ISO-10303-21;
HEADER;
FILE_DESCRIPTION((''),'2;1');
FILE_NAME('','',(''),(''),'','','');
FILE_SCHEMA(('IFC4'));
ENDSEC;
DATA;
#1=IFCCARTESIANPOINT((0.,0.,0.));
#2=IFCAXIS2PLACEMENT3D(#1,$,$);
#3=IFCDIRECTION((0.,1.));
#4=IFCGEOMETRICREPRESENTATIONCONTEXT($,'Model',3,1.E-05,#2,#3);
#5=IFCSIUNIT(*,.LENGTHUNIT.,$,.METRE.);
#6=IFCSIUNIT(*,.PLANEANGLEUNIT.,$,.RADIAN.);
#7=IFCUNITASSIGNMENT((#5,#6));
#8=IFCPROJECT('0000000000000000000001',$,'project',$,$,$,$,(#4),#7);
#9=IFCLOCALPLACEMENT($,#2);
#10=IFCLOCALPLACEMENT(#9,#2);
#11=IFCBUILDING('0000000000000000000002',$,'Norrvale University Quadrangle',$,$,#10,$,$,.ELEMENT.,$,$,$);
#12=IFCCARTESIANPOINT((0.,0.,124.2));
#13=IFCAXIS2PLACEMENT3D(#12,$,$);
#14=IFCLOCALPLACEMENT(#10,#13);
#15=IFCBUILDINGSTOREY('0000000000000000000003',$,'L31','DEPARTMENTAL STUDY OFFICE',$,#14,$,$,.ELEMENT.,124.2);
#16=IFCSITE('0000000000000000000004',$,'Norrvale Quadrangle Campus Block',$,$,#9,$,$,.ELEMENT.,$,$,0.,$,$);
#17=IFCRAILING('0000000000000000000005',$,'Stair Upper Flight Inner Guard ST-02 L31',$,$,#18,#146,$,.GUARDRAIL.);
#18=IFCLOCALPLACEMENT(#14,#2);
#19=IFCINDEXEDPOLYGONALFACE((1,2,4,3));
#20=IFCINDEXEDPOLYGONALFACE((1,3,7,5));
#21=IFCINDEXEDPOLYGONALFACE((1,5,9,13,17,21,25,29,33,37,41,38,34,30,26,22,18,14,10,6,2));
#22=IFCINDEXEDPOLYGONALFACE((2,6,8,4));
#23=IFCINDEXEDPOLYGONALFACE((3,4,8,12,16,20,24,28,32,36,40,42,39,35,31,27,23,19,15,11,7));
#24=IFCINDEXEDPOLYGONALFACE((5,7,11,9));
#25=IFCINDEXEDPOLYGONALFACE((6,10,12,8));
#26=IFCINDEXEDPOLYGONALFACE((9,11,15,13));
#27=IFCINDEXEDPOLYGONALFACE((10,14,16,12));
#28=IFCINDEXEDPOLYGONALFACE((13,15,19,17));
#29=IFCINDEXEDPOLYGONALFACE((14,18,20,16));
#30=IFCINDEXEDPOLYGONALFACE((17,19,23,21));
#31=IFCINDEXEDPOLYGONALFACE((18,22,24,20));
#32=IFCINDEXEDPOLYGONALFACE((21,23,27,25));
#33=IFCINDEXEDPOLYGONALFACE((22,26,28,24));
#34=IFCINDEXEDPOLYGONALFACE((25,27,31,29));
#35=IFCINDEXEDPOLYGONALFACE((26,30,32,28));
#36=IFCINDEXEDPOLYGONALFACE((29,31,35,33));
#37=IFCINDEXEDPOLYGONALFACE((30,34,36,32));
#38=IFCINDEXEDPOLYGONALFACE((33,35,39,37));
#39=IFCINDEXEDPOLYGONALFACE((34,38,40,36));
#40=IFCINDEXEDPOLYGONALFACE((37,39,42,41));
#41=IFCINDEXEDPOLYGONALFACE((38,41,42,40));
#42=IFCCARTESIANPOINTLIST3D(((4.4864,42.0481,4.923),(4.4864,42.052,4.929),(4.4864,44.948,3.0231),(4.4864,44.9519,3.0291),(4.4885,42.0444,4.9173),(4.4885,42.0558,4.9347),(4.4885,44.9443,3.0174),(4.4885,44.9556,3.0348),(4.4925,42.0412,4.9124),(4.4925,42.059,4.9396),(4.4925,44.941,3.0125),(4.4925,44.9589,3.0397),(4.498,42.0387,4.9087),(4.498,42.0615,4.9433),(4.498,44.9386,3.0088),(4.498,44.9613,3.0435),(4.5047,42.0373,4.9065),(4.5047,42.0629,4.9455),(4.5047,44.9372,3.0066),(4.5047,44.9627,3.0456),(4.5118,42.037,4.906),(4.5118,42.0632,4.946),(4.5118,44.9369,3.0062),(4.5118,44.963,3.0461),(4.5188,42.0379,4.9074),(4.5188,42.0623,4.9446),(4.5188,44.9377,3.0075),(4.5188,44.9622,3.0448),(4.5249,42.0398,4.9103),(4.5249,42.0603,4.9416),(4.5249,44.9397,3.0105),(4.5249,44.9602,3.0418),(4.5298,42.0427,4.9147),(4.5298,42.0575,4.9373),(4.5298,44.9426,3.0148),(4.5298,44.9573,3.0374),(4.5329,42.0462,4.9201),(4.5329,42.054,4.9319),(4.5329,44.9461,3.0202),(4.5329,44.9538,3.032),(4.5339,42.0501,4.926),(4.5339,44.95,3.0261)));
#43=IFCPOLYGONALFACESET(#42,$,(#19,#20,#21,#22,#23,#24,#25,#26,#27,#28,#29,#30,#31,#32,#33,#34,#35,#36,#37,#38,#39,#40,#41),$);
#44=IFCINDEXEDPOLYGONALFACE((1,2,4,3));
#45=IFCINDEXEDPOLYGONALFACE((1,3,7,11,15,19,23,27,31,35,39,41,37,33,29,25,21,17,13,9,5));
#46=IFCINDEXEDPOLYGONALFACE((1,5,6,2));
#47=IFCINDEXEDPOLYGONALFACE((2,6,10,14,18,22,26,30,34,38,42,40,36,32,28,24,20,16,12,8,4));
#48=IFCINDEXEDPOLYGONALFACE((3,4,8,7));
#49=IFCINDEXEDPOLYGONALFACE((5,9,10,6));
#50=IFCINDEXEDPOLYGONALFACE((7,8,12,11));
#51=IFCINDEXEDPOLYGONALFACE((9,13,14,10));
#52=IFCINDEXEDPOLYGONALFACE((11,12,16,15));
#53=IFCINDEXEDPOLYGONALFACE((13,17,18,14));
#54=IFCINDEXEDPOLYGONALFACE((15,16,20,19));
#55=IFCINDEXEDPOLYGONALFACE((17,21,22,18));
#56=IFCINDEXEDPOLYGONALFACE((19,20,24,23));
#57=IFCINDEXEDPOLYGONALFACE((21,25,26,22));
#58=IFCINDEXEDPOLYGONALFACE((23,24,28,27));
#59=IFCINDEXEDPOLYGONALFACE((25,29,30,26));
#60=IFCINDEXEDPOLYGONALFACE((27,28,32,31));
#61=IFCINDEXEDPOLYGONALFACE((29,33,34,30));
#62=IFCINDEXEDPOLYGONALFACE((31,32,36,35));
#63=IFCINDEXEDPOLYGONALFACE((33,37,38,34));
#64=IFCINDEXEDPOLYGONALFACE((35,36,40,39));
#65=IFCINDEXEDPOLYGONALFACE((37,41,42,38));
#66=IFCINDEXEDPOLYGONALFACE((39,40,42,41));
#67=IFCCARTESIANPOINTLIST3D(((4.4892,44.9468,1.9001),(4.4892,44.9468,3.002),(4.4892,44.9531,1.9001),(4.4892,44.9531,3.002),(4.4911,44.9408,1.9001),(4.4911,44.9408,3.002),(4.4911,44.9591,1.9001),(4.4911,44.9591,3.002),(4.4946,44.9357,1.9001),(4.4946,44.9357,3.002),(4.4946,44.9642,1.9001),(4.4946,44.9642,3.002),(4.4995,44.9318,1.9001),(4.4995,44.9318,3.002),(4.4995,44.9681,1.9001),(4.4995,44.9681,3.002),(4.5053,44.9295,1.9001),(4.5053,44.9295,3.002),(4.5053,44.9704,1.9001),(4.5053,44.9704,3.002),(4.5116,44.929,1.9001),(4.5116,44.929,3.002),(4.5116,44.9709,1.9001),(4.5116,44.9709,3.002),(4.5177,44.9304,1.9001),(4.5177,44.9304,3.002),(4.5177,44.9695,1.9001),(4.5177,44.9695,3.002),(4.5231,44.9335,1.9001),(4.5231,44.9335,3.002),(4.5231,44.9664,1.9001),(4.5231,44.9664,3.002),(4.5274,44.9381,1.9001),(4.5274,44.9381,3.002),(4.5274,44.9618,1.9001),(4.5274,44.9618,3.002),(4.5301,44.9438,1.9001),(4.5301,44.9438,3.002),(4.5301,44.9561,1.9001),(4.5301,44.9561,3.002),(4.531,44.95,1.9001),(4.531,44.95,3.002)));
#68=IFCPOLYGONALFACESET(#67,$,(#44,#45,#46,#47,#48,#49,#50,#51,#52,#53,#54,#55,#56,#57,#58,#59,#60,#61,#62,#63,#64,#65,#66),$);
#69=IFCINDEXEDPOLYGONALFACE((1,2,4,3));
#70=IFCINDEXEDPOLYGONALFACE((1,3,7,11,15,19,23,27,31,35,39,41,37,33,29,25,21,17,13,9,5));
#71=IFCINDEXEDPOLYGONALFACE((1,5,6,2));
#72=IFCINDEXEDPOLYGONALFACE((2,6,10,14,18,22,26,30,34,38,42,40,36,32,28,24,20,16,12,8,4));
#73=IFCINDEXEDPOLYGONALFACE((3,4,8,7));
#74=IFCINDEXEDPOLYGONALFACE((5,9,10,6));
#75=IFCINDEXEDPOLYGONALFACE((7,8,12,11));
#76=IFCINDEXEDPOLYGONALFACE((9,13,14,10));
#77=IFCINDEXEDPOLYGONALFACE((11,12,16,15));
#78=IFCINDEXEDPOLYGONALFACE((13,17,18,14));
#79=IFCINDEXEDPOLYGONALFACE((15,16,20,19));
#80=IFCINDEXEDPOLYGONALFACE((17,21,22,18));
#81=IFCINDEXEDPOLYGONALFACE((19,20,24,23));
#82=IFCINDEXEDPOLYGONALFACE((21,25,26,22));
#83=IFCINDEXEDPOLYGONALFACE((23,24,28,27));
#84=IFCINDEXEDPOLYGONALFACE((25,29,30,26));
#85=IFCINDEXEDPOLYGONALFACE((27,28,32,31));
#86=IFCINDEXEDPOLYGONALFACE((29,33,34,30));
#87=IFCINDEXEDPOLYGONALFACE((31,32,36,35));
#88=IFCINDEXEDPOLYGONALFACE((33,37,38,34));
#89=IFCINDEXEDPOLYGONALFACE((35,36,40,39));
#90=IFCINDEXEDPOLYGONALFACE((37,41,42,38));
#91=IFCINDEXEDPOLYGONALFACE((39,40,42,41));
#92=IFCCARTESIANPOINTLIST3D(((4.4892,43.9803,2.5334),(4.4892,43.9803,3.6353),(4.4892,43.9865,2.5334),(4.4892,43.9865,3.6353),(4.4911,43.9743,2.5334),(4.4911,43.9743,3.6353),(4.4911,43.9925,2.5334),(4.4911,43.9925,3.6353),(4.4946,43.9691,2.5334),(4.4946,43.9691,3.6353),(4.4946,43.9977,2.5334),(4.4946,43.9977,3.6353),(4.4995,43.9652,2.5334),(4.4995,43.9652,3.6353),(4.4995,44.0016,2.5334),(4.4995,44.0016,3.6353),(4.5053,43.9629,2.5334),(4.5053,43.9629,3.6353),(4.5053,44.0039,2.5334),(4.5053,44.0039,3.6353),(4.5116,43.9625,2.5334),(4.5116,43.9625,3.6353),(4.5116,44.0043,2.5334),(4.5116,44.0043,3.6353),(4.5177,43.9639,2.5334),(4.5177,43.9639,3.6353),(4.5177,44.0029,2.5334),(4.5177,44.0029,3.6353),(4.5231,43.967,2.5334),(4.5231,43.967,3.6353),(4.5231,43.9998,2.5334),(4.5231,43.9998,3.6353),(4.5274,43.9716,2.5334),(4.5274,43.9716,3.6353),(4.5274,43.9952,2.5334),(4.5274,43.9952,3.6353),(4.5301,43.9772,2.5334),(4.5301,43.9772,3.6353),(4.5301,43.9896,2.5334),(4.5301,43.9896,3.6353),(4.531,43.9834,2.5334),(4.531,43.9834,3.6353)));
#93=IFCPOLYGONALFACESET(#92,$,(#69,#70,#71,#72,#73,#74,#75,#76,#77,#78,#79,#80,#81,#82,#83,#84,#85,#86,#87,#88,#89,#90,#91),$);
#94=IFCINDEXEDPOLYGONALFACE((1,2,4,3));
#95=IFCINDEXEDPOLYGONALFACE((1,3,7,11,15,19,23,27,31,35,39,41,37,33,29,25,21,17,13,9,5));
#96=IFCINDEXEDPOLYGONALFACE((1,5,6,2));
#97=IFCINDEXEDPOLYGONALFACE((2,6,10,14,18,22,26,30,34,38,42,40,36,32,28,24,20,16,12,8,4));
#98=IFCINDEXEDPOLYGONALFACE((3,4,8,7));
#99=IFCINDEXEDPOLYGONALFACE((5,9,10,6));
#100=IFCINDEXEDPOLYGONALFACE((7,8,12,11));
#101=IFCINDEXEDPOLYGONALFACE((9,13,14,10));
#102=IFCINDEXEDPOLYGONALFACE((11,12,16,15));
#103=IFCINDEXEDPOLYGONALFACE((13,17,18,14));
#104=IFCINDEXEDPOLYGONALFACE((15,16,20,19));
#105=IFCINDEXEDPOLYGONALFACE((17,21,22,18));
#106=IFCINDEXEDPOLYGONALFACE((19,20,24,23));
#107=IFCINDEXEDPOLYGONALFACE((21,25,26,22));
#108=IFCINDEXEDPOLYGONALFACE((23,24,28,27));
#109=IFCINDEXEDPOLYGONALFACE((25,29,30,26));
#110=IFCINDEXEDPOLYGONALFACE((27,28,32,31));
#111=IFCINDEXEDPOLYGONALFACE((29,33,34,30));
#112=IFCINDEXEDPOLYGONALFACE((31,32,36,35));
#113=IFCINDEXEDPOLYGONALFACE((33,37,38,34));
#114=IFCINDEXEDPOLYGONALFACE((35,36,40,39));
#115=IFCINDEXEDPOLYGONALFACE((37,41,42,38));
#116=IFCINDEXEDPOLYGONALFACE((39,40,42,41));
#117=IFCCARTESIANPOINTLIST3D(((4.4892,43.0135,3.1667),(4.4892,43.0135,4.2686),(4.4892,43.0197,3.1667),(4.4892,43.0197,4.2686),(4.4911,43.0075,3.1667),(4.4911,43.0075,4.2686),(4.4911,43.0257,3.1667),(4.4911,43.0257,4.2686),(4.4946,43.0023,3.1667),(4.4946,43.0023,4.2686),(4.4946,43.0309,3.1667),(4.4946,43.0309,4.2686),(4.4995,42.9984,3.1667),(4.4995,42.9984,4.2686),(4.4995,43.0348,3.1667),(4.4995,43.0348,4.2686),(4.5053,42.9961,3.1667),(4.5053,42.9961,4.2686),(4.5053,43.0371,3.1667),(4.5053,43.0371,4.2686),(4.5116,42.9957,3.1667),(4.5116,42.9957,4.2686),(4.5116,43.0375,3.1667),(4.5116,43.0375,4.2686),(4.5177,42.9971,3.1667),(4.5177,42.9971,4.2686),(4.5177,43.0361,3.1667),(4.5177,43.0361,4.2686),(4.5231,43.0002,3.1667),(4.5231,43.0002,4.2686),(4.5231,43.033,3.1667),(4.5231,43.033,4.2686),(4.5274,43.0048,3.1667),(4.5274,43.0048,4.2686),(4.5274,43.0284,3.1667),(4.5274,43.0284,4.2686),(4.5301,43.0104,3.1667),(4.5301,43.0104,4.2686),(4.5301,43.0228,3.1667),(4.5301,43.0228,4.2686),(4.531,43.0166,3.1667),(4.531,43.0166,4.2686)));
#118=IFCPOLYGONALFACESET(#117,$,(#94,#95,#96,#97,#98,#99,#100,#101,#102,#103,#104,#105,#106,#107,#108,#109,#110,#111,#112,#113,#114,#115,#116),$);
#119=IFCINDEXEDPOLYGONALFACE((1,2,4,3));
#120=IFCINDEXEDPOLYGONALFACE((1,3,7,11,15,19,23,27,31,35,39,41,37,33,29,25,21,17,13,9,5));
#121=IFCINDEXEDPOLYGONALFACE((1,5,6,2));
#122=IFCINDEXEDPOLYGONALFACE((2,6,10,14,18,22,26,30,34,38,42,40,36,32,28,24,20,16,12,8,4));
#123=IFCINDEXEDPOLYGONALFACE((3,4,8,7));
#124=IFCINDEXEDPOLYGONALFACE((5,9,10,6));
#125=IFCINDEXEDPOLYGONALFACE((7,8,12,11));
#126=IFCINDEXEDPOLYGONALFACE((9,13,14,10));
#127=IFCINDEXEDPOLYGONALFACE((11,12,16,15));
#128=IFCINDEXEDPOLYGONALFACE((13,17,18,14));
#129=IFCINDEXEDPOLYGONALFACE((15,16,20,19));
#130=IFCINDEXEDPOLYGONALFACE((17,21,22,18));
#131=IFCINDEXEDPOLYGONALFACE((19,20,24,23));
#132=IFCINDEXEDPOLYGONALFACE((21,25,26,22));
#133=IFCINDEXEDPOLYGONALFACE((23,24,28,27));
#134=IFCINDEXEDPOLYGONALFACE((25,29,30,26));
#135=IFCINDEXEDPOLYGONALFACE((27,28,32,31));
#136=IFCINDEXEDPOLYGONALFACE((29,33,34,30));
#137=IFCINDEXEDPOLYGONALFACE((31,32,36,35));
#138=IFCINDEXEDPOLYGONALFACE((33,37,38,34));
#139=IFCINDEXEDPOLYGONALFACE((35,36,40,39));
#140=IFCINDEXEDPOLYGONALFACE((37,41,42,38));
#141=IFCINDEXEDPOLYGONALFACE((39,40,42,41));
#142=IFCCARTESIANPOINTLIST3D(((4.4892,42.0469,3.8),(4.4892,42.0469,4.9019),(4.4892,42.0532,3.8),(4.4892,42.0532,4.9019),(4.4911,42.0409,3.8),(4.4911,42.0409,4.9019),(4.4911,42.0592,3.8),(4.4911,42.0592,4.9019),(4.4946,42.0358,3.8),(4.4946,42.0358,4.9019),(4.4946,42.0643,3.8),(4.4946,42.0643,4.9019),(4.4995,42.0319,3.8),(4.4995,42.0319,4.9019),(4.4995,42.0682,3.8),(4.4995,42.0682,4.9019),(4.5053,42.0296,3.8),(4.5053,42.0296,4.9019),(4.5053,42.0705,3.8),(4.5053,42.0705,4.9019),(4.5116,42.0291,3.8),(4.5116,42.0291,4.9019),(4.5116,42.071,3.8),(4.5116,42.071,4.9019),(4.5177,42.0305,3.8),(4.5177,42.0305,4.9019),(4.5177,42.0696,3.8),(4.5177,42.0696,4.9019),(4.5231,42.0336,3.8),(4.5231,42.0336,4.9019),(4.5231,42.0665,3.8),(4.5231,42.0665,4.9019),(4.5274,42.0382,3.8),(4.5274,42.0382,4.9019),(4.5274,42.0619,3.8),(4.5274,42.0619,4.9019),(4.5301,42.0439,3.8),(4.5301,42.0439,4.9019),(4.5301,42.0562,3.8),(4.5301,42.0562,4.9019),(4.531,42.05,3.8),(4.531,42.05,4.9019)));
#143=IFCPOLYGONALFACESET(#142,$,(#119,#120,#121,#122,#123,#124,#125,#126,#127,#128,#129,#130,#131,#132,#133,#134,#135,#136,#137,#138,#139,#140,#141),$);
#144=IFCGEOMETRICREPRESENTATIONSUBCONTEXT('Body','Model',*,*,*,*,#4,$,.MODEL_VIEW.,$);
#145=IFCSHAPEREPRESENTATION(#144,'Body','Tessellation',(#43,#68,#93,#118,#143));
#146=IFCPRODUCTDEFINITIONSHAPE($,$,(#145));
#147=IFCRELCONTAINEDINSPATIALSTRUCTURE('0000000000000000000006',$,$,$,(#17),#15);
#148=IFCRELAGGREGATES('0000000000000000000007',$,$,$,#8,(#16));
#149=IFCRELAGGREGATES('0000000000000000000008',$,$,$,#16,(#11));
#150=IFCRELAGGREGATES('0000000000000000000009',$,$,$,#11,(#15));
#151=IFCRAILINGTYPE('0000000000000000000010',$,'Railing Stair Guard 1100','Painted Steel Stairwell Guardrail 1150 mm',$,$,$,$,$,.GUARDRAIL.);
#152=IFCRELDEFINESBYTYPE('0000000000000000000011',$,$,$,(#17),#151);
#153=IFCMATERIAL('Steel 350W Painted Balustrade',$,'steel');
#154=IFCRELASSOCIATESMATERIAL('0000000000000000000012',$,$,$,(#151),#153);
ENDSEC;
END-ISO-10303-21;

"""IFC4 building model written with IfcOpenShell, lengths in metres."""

from ifc_helpers import new_model, si_unit, direction, frame, origin, origin_2d, place, context, subcontext, project, spatial, circle, extrude, material, type_object, element, save


model = new_model("IFC4")

# Units and contexts
model_context = context("Model", 3, precision=1e-05, world=origin(), true_north=direction((0.0, 1.0)))
body_context = subcontext(model_context, "Body", "Model", "MODEL_VIEW")
ifc_project = project(units=[si_unit("LENGTHUNIT", "METRE"), si_unit("PLANEANGLEUNIT", "RADIAN")], contexts=[model_context])

# Site, building, storey
site_placement = place(None, origin())
site = spatial("IfcSite", under=ifc_project, at=site_placement, Name="Norrvale Quadrangle Campus Block", CompositionType="ELEMENT", RefElevation=0.0)
building_placement = place(site_placement, origin())
building = spatial("IfcBuilding", under=site, at=building_placement, Name="Norrvale University Quadrangle", CompositionType="ELEMENT")
storey_placement = place(building_placement, frame((0.0, 0.0, 124.2)))
storey = spatial("IfcBuildingStorey", under=building, at=storey_placement, Name="L31", Description="DEPARTMENTAL STUDY OFFICE", CompositionType="ELEMENT", Elevation=124.2)

# Railing
ifc_material_1 = material(Name="Steel 350W Painted Balustrade", Category="steel")
railing_type_1 = type_object("IfcRailingType", Name="Railing Stair Guard 1100", Description="Painted Steel Stairwell Guardrail 1150 mm", PredefinedType="GUARDRAIL", material=ifc_material_1)
railing_1_placement = place(storey_placement, frame((4.51, 44.95, 1.9001)))
element("IfcRailing", 1, at=railing_1_placement, inside=storey, type_object=railing_type_1, Name="Stair Upper Flight Inner Guard ST-02 L31", PredefinedType="GUARDRAIL", context=body_context, shape_type="SweptSolid", body=[
    extrude(circle(Radius=0.0239, at=origin_2d()), frame((0.0, 0.0, 1.126), z_axis=(0.0, -0.836466, 0.548019), x_axis=(1.0, 0.0, 0.0)), (0.0, 0.0, 1.0), 3.4668),
    extrude(circle(Radius=0.021, at=origin_2d()), origin(), (0.0, 0.0, 1.0), 1.1018),
    extrude(circle(Radius=0.021, at=origin_2d()), frame((0.0, -0.9666, 0.6333)), (0.0, 0.0, 1.0), 1.1018),
    extrude(circle(Radius=0.021, at=origin_2d()), frame((0.0, -1.9333, 1.2666)), (0.0, 0.0, 1.0), 1.1018),
    extrude(circle(Radius=0.021, at=origin_2d()), frame((0.0, -2.8999, 1.8999)), (0.0, 0.0, 1.0), 1.1018),
])

save(model, "model.ifc")
